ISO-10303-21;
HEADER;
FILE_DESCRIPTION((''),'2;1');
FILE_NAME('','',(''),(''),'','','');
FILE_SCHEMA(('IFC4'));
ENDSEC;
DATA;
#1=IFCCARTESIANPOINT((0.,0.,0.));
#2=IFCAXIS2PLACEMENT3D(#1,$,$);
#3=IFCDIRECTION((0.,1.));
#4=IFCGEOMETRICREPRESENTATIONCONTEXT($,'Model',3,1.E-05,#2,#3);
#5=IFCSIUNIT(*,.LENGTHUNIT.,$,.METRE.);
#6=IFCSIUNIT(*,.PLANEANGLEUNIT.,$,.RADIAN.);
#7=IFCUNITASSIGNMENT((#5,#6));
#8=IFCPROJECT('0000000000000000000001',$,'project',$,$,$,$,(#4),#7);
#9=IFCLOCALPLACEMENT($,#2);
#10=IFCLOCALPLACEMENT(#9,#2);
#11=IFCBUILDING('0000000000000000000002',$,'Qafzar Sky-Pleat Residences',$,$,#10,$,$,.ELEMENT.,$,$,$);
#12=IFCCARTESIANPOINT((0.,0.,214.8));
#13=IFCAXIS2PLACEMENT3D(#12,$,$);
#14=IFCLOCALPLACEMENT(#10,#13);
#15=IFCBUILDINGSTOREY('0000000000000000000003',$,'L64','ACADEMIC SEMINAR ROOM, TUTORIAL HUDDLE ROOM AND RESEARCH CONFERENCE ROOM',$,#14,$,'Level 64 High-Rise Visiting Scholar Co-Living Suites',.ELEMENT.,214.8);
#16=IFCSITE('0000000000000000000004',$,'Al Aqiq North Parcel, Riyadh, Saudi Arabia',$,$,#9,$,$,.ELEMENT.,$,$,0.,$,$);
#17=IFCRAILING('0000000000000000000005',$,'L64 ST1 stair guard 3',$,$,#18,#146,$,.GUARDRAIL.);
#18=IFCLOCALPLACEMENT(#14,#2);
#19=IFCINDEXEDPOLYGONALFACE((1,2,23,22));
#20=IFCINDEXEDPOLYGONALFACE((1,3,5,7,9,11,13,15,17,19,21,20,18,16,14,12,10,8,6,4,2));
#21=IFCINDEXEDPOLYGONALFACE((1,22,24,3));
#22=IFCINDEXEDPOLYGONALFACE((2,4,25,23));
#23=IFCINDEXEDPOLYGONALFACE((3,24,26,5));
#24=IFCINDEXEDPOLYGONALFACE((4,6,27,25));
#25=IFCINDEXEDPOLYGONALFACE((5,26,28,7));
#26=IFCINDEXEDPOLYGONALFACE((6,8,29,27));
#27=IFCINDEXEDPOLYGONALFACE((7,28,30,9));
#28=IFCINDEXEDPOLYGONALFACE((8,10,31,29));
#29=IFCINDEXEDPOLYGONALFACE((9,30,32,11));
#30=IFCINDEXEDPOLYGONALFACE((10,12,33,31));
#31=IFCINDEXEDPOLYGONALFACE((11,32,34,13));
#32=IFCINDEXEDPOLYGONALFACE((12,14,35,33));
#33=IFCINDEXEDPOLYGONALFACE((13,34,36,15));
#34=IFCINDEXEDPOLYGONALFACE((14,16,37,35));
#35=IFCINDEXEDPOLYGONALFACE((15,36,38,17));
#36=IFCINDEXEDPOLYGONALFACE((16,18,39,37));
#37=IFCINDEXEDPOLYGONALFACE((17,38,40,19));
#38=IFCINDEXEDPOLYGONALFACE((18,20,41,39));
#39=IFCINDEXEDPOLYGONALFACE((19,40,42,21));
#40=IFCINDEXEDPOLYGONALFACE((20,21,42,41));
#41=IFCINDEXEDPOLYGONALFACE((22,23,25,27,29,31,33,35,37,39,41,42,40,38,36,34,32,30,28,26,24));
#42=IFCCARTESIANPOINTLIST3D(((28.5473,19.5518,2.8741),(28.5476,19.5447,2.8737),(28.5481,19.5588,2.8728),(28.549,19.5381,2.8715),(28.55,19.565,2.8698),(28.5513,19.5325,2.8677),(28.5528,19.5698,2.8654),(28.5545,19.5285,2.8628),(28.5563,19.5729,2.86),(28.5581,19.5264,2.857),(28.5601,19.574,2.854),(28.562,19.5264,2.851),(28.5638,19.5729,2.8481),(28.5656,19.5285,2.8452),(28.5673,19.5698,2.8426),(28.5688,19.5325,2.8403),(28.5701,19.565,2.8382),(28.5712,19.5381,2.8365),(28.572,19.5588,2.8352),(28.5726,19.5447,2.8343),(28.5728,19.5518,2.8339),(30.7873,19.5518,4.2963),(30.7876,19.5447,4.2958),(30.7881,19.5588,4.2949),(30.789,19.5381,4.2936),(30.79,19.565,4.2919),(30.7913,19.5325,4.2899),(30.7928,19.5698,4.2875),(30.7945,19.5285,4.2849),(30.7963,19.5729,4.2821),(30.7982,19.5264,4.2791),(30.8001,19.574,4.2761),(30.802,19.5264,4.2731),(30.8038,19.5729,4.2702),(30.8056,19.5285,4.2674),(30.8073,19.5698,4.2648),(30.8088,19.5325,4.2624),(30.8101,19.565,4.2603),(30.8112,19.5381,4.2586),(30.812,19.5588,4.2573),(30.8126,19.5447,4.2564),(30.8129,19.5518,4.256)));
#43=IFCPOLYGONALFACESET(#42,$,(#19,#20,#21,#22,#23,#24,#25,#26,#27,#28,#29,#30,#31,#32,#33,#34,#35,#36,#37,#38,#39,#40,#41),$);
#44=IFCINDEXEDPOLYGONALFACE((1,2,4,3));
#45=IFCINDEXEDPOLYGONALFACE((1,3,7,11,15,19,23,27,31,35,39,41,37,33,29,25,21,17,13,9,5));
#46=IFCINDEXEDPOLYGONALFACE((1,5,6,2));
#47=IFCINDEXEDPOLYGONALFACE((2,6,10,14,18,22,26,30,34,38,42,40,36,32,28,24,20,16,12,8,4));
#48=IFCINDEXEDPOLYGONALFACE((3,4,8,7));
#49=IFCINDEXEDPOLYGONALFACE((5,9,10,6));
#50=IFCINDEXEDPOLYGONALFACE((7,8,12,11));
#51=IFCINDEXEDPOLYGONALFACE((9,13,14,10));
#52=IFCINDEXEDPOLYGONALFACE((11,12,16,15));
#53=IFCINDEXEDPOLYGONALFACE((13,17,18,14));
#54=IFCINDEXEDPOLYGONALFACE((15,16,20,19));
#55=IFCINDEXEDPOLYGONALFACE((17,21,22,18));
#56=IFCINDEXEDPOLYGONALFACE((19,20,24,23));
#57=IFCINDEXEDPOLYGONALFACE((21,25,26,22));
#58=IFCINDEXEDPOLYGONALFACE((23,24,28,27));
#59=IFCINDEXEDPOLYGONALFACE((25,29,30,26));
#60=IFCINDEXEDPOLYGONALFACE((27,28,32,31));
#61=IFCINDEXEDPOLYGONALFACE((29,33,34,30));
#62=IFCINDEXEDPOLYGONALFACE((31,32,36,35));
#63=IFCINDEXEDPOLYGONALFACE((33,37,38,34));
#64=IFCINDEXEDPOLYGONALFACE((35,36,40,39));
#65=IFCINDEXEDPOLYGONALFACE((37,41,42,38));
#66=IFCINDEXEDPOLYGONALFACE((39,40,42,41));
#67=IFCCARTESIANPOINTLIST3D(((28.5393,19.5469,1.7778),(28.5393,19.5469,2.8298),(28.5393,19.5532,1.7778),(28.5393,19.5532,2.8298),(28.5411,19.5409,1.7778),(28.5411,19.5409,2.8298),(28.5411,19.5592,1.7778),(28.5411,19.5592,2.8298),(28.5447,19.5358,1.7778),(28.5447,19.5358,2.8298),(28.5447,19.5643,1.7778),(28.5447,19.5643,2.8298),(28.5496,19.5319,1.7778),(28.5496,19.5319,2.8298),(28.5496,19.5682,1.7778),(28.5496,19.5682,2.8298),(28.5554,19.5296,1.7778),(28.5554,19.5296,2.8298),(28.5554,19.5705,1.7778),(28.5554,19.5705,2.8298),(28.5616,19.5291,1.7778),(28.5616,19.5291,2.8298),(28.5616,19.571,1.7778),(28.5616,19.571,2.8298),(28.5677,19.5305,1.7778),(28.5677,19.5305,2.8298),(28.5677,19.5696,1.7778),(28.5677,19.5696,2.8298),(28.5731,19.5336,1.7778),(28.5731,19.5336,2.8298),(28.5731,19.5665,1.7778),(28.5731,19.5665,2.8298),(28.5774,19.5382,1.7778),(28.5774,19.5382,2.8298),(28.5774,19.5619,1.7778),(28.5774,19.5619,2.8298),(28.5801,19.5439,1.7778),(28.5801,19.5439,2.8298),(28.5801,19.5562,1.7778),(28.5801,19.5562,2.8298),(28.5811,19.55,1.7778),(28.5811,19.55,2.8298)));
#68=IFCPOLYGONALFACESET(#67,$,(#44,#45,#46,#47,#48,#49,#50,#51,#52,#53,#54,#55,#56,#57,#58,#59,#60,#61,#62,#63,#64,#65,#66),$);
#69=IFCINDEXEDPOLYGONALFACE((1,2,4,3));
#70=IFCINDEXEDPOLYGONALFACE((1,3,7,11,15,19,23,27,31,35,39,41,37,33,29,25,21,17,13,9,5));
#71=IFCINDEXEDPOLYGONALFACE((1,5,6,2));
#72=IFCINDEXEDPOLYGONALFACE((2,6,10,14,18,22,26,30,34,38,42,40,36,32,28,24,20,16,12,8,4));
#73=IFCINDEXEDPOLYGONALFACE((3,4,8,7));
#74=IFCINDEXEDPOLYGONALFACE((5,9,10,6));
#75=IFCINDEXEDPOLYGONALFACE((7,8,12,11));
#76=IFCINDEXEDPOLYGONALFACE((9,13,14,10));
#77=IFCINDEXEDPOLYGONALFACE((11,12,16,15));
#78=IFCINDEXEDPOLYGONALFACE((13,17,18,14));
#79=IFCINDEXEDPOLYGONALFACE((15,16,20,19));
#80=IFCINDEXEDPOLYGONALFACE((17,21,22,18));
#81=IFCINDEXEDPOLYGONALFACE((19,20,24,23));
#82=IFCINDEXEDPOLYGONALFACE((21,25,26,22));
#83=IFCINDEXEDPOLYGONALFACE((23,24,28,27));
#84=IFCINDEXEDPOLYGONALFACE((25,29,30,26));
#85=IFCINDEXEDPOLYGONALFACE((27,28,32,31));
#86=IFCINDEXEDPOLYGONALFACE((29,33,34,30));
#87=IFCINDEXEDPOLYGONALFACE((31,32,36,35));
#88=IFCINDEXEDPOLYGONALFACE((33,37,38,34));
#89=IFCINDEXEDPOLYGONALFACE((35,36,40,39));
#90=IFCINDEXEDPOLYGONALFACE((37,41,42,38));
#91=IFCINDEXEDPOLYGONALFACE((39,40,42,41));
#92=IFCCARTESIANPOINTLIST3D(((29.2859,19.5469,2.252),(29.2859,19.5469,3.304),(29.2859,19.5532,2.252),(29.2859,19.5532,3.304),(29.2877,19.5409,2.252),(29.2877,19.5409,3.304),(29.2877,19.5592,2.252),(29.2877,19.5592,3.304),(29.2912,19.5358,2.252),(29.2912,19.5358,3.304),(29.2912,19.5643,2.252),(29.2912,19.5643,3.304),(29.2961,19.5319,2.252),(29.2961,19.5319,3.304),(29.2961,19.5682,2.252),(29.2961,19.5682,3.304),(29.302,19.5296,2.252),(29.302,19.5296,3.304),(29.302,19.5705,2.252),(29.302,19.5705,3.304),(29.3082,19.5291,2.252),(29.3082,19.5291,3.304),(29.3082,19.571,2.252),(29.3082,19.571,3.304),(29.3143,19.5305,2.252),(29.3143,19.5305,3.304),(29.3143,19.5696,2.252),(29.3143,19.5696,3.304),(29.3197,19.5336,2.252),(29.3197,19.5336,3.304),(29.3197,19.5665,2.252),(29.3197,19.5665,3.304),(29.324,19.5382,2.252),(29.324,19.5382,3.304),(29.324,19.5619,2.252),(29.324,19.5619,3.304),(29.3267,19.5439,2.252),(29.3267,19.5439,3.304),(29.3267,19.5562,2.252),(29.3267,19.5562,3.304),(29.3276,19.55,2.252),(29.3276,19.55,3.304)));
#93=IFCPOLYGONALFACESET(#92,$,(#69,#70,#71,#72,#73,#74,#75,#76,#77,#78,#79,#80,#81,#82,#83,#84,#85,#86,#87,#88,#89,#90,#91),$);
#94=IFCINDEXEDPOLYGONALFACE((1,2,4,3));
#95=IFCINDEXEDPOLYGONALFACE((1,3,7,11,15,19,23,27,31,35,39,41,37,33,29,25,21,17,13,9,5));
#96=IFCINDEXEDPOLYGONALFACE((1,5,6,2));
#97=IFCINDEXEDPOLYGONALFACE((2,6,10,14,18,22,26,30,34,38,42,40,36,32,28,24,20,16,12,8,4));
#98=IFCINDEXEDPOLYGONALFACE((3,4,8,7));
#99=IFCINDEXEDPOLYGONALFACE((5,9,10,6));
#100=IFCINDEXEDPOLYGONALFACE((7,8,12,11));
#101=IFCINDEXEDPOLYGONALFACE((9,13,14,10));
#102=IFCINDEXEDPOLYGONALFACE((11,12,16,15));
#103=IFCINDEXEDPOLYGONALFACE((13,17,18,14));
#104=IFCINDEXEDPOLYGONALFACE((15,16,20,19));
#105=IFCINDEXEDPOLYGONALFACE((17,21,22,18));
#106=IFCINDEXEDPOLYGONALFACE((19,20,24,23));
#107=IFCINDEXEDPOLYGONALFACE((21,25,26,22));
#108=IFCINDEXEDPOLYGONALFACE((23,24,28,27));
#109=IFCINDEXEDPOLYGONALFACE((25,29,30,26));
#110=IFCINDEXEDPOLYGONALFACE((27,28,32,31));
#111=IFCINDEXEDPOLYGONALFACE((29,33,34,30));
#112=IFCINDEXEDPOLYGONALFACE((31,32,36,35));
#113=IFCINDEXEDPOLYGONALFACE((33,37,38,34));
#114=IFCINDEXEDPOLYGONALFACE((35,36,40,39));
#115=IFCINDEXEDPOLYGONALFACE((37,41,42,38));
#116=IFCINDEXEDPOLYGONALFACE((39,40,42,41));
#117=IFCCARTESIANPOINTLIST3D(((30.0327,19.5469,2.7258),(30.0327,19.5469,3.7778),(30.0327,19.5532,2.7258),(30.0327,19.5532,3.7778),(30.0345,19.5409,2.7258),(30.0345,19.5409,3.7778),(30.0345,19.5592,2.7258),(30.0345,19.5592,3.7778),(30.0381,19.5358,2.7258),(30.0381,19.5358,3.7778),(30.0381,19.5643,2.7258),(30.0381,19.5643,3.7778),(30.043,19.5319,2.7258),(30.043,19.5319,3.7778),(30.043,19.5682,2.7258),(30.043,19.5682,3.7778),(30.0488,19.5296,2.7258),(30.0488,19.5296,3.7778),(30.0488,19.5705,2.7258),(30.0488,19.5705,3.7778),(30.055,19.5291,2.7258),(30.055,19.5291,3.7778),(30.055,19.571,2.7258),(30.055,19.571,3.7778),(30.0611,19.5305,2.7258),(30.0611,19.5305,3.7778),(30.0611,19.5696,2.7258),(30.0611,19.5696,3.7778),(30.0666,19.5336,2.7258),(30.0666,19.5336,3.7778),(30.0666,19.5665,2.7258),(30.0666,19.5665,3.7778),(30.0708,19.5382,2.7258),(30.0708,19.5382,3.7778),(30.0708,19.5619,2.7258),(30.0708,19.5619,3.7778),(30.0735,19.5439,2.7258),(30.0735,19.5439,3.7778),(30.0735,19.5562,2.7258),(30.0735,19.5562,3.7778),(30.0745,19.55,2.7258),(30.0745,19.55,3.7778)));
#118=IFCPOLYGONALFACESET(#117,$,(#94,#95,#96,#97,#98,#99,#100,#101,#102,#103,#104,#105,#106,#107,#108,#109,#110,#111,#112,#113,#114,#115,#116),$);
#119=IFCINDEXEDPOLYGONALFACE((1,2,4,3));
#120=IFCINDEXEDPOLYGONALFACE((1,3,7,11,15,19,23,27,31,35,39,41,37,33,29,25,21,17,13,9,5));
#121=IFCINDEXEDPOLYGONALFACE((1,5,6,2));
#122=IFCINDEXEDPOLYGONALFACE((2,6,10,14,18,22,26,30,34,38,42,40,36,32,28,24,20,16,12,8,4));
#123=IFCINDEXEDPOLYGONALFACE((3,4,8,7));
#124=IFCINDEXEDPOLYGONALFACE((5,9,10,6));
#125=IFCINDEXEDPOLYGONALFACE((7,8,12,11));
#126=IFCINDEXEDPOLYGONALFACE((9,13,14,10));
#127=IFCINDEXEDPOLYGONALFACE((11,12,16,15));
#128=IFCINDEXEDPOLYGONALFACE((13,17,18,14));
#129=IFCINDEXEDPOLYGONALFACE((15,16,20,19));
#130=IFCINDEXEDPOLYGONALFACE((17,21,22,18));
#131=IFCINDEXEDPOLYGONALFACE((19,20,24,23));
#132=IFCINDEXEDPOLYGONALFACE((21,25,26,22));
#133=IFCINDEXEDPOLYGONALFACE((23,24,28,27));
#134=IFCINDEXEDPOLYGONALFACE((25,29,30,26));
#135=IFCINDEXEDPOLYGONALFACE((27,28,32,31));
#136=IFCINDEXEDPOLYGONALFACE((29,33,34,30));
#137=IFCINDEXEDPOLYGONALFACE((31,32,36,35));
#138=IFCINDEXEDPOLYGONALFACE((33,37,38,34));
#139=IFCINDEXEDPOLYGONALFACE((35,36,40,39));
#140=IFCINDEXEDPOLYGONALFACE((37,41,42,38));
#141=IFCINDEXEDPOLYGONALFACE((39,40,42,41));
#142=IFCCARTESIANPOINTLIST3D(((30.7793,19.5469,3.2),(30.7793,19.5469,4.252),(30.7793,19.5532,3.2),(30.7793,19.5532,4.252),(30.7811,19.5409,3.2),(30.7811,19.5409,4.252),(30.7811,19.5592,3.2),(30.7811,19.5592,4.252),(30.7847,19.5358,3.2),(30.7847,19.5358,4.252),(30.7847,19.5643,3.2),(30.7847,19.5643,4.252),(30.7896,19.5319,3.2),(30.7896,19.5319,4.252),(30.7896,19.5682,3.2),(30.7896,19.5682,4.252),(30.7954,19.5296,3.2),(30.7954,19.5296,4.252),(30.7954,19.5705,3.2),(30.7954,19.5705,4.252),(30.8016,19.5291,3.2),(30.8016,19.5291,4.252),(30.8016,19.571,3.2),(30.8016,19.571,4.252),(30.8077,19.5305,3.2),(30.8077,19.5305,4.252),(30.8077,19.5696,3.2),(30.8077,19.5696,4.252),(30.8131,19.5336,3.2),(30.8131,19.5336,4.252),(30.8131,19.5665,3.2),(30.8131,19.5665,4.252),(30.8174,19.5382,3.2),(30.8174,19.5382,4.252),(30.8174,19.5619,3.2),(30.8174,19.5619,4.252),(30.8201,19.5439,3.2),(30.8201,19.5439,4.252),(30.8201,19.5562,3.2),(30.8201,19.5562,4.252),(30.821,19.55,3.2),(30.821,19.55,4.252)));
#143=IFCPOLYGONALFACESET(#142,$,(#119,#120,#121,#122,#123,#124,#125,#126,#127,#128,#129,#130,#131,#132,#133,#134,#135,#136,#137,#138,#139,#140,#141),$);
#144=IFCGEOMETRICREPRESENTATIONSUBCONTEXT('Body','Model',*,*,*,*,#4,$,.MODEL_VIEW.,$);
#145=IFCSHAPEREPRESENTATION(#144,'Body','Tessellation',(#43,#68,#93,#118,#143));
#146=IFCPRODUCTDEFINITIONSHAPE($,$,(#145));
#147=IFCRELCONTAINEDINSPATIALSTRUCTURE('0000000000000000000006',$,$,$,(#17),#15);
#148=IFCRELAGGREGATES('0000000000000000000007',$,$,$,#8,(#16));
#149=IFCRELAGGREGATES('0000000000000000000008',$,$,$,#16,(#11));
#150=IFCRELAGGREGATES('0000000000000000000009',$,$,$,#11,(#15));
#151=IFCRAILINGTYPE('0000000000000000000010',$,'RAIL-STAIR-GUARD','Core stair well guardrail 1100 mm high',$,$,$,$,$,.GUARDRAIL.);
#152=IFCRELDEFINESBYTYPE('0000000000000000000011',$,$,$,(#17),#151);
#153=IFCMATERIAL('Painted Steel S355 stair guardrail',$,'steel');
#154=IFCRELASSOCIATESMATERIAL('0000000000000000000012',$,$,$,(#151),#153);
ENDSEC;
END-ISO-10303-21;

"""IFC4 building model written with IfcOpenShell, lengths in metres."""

from ifc_helpers import new_model, si_unit, direction, frame, origin, origin_2d, place, context, subcontext, project, spatial, circle, extrude, source, transform, mapped, material, type_object, element, save


model = new_model("IFC4")

# Units and contexts
model_context = context("Model", 3, precision=1e-05, world=origin(), true_north=direction((0.0, 1.0)))
body_context = subcontext(model_context, "Body", "Model", "MODEL_VIEW")
ifc_project = project(units=[si_unit("LENGTHUNIT", "METRE"), si_unit("PLANEANGLEUNIT", "RADIAN")], contexts=[model_context])

# Site, building, storey
site_placement = place(None, origin())
site = spatial("IfcSite", under=ifc_project, at=site_placement, Name="Al Aqiq North Parcel, Riyadh, Saudi Arabia", CompositionType="ELEMENT", RefElevation=0.0)
building_placement = place(site_placement, origin())
building = spatial("IfcBuilding", under=site, at=building_placement, Name="Qafzar Sky-Pleat Residences", CompositionType="ELEMENT")
storey_placement = place(building_placement, frame((0.0, 0.0, 214.8)))
storey = spatial("IfcBuildingStorey", under=building, at=storey_placement, Name="L64", Description="ACADEMIC SEMINAR ROOM, TUTORIAL HUDDLE ROOM AND RESEARCH CONFERENCE ROOM", LongName="Level 64 High-Rise Visiting Scholar Co-Living Suites", CompositionType="ELEMENT", Elevation=214.8)

# Railing
ifc_material_1 = material(Name="Painted Steel S355 stair guardrail", Category="steel")
railing_type_1 = type_object("IfcRailingType", Name="RAIL-STAIR-GUARD", Description="Core stair well guardrail 1100 mm high", PredefinedType="GUARDRAIL", material=ifc_material_1)
shared_shape_1 = source(origin(), body_context, "Body", "SweptSolid", [
    extrude(circle(Radius=0.0239, at=origin_2d()), frame((0.0, 0.0, 1.0762), z_axis=(0.844229, 0.0, 0.535982), x_axis=(0.0, 1.0, 0.0)), (0.0, 0.0, 1.0), 2.6533),
    extrude(circle(Radius=0.021, at=origin_2d()), origin(), (0.0, 0.0, 1.0), 1.052),
    extrude(circle(Radius=0.021, at=origin_2d()), frame((0.7466, 0.0, 0.4741)), (0.0, 0.0, 1.0), 1.052),
    extrude(circle(Radius=0.021, at=origin_2d()), frame((1.4934, 0.0, 0.948)), (0.0, 0.0, 1.0), 1.052),
    extrude(circle(Radius=0.021, at=origin_2d()), frame((2.24, 0.0, 1.4221)), (0.0, 0.0, 1.0), 1.052),
])
railing_1_placement = place(storey_placement, frame((28.5601, 19.55, 1.7778)))
element("IfcRailing", 1, at=railing_1_placement, inside=storey, type_object=railing_type_1, Name="L64 ST1 stair guard 3", PredefinedType="GUARDRAIL", context=body_context, shape_type="MappedRepresentation", body=[
    mapped(shared_shape_1, transform((0.0, 0.0, 0.0), x_axis=(1.0, 0.0, 0.0), y_axis=(0.0, 1.0, 0.0), z_axis=(0.0, 0.0, 1.0), scale=1.0)),
])

save(model, "model.ifc")
